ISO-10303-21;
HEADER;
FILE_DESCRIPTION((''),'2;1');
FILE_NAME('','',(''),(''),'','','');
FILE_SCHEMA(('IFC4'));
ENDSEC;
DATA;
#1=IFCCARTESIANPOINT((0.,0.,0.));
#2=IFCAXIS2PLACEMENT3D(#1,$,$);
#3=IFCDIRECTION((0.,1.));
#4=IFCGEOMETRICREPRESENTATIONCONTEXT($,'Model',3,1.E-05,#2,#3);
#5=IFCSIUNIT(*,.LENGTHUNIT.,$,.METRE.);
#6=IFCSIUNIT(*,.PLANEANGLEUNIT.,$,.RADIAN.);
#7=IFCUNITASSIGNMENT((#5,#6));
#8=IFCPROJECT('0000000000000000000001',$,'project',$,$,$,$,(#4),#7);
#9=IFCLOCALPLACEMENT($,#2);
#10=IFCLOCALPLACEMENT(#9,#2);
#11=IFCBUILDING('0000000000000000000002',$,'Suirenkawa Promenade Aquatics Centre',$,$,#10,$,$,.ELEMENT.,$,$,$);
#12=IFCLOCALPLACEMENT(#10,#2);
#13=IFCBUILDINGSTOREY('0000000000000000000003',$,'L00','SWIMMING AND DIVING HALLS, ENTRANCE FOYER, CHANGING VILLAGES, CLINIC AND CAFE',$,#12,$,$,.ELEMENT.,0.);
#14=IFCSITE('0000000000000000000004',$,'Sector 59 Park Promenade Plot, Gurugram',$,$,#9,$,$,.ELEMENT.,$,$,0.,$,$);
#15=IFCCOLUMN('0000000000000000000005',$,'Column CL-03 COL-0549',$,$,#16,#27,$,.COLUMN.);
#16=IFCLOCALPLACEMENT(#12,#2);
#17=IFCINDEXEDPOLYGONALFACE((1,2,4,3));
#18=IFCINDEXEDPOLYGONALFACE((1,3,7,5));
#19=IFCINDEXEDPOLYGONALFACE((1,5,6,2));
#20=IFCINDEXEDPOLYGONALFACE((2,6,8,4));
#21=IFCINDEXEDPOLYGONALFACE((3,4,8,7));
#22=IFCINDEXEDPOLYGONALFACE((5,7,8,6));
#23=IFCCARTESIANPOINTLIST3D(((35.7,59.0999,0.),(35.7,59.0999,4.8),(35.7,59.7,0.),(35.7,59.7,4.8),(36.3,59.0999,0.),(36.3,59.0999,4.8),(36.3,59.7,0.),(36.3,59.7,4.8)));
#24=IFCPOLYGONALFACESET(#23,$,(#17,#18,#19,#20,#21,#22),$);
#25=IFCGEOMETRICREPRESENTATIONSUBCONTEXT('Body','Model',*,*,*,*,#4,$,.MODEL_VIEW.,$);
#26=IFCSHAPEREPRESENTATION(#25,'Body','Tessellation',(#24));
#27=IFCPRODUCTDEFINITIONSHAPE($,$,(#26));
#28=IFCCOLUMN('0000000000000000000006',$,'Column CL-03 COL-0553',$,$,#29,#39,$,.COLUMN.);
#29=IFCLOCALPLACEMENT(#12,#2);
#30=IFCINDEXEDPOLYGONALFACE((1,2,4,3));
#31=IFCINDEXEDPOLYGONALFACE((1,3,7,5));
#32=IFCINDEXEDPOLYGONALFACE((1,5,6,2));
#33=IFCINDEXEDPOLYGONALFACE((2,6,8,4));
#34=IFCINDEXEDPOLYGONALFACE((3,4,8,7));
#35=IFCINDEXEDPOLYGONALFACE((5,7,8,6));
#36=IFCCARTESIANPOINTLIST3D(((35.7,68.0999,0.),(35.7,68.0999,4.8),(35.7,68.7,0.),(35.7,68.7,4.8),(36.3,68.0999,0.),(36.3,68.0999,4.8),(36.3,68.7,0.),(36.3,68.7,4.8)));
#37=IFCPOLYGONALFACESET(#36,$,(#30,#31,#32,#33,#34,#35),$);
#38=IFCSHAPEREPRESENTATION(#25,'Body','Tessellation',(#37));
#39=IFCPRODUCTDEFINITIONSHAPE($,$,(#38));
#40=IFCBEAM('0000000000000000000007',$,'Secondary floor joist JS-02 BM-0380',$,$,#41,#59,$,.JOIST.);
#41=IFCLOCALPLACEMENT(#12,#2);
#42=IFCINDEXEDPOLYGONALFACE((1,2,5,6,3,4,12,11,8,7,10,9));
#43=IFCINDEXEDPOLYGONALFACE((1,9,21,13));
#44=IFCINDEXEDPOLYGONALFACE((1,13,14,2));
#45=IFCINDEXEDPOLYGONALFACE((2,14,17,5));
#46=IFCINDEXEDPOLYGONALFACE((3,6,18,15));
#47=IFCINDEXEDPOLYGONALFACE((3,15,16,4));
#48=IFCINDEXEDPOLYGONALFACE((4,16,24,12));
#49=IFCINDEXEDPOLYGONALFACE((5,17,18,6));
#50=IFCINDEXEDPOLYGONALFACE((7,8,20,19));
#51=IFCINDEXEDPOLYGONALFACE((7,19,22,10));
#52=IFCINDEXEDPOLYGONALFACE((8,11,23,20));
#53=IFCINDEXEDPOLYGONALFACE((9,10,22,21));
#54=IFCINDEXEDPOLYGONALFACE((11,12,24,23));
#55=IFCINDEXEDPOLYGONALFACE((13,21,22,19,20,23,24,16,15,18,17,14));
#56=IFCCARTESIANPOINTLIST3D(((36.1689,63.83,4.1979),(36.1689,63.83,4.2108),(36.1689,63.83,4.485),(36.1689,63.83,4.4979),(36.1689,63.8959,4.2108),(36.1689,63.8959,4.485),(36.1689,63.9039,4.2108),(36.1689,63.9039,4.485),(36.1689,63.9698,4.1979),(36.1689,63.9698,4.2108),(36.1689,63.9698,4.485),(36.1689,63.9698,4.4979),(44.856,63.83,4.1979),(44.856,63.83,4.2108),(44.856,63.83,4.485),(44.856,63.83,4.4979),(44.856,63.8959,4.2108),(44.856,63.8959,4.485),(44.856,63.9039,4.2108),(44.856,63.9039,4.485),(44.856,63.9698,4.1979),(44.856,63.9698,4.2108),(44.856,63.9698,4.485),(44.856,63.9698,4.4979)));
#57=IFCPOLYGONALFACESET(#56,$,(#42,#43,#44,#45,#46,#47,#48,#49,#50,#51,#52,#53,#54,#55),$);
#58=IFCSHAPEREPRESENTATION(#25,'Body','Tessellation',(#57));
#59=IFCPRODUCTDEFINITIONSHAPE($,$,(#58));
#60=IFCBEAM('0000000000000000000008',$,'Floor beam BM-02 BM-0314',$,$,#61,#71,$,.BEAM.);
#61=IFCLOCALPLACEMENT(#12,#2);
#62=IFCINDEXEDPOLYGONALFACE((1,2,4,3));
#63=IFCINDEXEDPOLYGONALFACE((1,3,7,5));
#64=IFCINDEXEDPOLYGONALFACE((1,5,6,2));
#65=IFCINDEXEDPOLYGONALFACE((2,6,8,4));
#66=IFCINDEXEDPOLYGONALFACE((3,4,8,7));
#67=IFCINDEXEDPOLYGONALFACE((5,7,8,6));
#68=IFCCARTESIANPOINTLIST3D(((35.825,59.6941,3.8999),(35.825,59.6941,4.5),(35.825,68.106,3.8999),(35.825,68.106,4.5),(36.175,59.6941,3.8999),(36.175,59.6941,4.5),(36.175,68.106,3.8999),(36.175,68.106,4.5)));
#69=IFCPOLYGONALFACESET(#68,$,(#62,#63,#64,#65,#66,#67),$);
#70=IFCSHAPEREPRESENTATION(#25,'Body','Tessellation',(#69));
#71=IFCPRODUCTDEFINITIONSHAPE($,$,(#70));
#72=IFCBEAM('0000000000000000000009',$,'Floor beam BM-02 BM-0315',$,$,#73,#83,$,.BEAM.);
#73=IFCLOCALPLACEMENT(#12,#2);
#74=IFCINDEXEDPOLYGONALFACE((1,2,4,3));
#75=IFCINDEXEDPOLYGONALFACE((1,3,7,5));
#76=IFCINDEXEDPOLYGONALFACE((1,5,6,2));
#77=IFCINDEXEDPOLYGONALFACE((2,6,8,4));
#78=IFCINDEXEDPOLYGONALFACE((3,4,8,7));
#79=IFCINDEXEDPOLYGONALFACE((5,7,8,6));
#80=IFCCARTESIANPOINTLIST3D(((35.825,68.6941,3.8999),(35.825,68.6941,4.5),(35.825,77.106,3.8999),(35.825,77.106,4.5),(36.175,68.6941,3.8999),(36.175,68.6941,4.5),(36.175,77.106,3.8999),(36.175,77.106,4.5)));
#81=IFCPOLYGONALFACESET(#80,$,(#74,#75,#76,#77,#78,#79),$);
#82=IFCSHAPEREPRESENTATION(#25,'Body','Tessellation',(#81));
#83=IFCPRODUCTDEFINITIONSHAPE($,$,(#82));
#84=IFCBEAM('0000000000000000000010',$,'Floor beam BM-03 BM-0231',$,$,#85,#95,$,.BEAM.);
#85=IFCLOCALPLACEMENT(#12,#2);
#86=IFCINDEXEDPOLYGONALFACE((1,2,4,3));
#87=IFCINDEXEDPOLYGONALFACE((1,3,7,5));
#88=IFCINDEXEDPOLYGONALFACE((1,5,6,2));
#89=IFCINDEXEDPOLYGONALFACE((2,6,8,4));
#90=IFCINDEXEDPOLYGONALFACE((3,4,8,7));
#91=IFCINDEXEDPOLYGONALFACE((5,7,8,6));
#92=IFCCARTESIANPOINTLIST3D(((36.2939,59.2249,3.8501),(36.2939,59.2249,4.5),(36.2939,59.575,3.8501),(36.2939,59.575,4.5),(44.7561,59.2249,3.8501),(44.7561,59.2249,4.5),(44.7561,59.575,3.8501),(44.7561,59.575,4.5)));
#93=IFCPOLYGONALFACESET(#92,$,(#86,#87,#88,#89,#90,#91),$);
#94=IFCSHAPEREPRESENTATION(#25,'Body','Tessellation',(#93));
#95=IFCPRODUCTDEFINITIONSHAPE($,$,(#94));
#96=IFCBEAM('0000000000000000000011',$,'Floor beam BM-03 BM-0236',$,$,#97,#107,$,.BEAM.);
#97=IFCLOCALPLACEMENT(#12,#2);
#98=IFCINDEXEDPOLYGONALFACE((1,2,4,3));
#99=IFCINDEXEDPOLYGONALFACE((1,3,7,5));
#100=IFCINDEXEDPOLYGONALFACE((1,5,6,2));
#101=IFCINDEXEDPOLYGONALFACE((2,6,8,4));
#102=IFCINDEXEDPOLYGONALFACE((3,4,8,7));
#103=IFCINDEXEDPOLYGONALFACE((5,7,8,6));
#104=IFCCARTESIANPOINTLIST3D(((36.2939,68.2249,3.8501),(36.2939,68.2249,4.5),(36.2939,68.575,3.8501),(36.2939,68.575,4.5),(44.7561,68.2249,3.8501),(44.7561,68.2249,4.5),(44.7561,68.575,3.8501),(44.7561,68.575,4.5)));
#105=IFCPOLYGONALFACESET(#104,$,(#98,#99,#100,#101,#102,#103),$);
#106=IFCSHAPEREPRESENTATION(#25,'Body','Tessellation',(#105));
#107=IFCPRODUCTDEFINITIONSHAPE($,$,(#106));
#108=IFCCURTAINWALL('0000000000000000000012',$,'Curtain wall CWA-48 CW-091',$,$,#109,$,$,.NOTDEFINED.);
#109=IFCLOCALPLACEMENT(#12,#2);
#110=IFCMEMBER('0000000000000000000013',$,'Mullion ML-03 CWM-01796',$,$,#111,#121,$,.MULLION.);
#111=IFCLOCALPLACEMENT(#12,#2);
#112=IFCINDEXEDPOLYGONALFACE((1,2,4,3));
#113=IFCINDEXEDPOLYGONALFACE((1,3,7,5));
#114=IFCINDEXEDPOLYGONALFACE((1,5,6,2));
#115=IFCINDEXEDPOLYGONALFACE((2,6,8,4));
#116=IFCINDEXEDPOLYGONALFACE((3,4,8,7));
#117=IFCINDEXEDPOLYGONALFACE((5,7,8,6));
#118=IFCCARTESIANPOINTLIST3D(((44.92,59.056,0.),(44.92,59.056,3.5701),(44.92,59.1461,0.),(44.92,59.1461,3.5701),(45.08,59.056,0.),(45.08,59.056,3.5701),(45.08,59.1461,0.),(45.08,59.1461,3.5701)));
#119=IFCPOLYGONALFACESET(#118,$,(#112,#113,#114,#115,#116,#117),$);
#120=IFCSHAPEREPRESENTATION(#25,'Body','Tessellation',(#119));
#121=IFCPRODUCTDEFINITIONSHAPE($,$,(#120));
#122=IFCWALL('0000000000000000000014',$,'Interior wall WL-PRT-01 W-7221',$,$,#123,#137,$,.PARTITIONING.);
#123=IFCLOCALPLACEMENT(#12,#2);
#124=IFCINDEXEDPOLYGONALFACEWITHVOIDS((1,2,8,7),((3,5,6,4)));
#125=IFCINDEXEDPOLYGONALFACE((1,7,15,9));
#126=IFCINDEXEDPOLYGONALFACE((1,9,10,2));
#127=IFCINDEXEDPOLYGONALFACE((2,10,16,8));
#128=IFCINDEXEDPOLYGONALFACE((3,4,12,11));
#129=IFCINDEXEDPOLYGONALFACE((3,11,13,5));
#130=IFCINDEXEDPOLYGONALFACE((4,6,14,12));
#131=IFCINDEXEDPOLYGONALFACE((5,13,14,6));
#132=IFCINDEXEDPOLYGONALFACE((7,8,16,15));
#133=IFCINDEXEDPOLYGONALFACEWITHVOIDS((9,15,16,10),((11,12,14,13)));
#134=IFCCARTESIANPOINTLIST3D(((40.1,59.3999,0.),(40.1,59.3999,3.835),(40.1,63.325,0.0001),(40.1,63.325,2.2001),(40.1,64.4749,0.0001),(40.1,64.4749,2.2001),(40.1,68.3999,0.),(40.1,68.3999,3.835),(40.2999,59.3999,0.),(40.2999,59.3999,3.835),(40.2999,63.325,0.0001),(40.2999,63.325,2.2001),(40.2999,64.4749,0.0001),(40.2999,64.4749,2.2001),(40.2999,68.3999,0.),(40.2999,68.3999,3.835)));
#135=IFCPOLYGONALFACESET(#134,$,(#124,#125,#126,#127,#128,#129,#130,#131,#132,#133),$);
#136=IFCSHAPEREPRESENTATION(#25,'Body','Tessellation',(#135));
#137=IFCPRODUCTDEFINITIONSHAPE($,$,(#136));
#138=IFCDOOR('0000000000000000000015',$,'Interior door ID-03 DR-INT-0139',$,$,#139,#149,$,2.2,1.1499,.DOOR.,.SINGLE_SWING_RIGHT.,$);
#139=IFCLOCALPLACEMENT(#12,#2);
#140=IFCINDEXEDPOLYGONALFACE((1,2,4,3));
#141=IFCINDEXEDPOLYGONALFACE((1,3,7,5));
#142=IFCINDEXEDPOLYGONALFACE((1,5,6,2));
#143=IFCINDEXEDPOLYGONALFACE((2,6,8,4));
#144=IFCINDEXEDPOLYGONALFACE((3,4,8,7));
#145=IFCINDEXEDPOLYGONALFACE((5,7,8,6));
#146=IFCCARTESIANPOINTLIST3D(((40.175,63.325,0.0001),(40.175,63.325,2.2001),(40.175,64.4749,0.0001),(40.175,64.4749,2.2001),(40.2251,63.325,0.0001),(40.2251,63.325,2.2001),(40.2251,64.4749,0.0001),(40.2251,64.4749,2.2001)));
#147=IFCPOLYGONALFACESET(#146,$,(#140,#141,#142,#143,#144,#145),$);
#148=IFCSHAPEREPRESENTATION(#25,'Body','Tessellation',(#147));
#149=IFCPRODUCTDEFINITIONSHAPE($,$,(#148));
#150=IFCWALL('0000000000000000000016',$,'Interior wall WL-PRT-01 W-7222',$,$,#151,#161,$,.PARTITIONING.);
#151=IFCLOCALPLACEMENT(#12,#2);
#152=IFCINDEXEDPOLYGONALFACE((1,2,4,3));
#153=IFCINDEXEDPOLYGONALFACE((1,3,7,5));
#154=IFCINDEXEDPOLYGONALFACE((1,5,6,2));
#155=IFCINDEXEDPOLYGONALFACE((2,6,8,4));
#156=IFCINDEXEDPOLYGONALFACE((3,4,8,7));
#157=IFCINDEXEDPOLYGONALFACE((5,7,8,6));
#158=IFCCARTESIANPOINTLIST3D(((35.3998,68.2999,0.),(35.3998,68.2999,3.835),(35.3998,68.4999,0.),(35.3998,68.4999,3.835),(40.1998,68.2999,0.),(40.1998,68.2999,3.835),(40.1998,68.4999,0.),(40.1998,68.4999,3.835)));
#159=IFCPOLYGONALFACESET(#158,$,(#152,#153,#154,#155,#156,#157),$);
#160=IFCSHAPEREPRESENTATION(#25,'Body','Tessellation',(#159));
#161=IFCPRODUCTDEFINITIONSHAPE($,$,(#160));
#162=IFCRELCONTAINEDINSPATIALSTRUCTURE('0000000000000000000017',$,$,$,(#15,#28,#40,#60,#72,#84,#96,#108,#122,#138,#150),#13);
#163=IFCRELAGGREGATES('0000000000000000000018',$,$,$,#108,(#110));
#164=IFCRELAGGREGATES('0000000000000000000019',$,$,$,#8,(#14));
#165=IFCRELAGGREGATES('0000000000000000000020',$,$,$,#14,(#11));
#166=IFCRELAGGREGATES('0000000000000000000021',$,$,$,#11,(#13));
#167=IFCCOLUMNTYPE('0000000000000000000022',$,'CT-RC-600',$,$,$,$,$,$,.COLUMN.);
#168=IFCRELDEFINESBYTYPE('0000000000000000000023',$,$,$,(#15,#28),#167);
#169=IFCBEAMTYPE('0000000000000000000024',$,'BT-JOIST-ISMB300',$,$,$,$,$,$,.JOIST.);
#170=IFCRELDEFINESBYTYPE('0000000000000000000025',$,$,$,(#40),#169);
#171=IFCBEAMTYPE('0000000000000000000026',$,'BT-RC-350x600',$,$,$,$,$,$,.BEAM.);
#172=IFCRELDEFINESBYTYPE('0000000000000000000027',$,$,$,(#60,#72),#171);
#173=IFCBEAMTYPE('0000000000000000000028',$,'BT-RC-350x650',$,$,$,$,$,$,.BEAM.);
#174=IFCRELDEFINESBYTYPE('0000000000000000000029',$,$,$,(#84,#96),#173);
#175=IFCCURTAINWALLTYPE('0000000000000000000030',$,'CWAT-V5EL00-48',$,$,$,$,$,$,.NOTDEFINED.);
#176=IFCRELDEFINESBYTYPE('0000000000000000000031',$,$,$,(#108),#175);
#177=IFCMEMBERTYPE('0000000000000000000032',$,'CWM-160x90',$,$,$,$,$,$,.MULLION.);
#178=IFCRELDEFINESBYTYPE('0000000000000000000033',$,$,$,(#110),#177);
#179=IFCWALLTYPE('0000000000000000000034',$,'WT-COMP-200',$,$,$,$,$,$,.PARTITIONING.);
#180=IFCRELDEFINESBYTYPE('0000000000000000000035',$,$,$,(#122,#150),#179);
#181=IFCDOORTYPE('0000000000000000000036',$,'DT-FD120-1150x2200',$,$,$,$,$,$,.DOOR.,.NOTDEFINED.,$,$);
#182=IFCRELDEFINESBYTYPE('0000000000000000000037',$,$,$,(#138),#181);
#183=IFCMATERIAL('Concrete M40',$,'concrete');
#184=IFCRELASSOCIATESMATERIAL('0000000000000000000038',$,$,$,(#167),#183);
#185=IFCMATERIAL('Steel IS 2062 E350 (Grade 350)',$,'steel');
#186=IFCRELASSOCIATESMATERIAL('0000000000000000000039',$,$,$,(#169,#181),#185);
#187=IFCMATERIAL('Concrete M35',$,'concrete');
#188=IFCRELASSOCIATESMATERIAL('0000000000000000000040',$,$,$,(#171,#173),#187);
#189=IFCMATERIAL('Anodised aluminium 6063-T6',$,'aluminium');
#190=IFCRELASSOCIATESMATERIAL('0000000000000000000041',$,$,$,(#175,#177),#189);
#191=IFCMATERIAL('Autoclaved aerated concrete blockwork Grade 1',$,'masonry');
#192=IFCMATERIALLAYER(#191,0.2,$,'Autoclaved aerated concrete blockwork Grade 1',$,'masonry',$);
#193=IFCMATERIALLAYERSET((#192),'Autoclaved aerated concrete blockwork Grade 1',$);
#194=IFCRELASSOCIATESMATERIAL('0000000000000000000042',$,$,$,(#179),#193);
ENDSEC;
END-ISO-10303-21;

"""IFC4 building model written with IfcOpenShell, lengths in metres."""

from ifc_helpers import new_model, si_unit, direction, frame, frame_2d, origin, origin_2d, place, context, subcontext, project, spatial, rectangle, i_section, extrude, material, layer, layer_set, material_profile, profile_set, type_object, element, fill, aggregate, save


model = new_model("IFC4")

# Units and contexts
model_context = context("Model", 3, precision=1e-05, world=origin(), true_north=direction((0.0, 1.0)))
body_context = subcontext(model_context, "Body", "Model", "MODEL_VIEW")
ifc_project = project(units=[si_unit("LENGTHUNIT", "METRE"), si_unit("PLANEANGLEUNIT", "RADIAN")], contexts=[model_context])

# Site, building, storey
site_placement = place(None, origin())
site = spatial("IfcSite", under=ifc_project, at=site_placement, Name="Sector 59 Park Promenade Plot, Gurugram", CompositionType="ELEMENT", RefElevation=0.0)
building_placement = place(site_placement, origin())
building = spatial("IfcBuilding", under=site, at=building_placement, Name="Suirenkawa Promenade Aquatics Centre", CompositionType="ELEMENT")
storey_placement = place(building_placement, origin())
storey = spatial("IfcBuildingStorey", under=building, at=storey_placement, Name="L00", Description="SWIMMING AND DIVING HALLS, ENTRANCE FOYER, CHANGING VILLAGES, CLINIC AND CAFE", CompositionType="ELEMENT", Elevation=0.0)

# Columns
ifc_material_1 = material(Name="Concrete M40", Category="concrete")
ifc_material_profile_1 = material_profile(ifc_material_1, rectangle(XDim=0.6001, YDim=0.6001, at=origin_2d()), Name="RC COL 600x600", Category="concrete")
ifc_profile_set_1 = profile_set([ifc_material_profile_1], Name="Concrete M40")
column_type = type_object("IfcColumnType", Name="CT-RC-600", PredefinedType="COLUMN", material=ifc_profile_set_1)
for number, where, z_axis, x_axis, name in (
    (1, (36.0, 59.3999, 0.0), (0.0, 0.0, 1.0), (1.0, 0.0, 0.0), "Column CL-03 COL-0549"),
    (2, (36.0, 68.3999, 0.0), (0.0, 0.0, 1.0), (1.0, 0.0, 0.0), "Column CL-03 COL-0553"),
):
    element("IfcColumn", number, at=place(storey_placement, frame(where, z_axis=z_axis, x_axis=x_axis)), inside=storey, type_object=column_type, Name=name, PredefinedType="COLUMN", context=body_context, shape_type="SweptSolid", body=[
        extrude(rectangle(XDim=0.6001, YDim=0.6001, at=origin_2d()), origin(), (0.0, 0.0, 1.0), 4.8),
    ])

# Beams
ifc_material_2 = material(Name="Steel IS 2062 E350 (Grade 350)", Category="steel")
ifc_material_profile_2 = material_profile(ifc_material_2, i_section(OverallWidth=0.1399, OverallDepth=0.3, WebThickness=0.0081, FlangeThickness=0.0129, at=origin_2d()), Name="ISMB 300", Category="steel")
ifc_profile_set_2 = profile_set([ifc_material_profile_2], Name="Steel IS 2062 E350 (Grade 350)")
beam_type_1 = type_object("IfcBeamType", Name="BT-JOIST-ISMB300", PredefinedType="JOIST", material=ifc_profile_set_2)
beam_placement = place(storey_placement, frame((36.1689, 63.8999, 4.3479), z_axis=(1.0, 0.0, 0.0), x_axis=(0.0, 1.0, 0.0)))
element("IfcBeam", 3, at=beam_placement, inside=storey, type_object=beam_type_1, Name="Secondary floor joist JS-02 BM-0380", PredefinedType="JOIST", context=body_context, shape_type="SweptSolid", body=[
    extrude(i_section(OverallWidth=0.1399, OverallDepth=0.3, WebThickness=0.0081, FlangeThickness=0.0129, at=origin_2d()), origin(), (0.0, 0.0, 1.0), 8.687),
])
ifc_material_3 = material(Name="Concrete M35", Category="concrete")
ifc_material_profile_3 = material_profile(ifc_material_3, rectangle(XDim=0.3501, YDim=0.6001, at=origin_2d()), Name="RC BM 350x600", Category="concrete")
ifc_profile_set_3 = profile_set([ifc_material_profile_3], Name="Concrete M35")
beam_type_2 = type_object("IfcBeamType", Name="BT-RC-350x600", PredefinedType="BEAM", material=ifc_profile_set_3)
for number, where, z_axis, x_axis, name in (
    (4, (36.0, 59.6941, 4.2), (0.0, 1.0, 0.0), (-1.0, 0.0, 0.0), "Floor beam BM-02 BM-0314"),
    (5, (36.0, 68.6941, 4.2), (0.0, 1.0, 0.0), (-1.0, 0.0, 0.0), "Floor beam BM-02 BM-0315"),
):
    element("IfcBeam", number, at=place(storey_placement, frame(where, z_axis=z_axis, x_axis=x_axis)), inside=storey, type_object=beam_type_2, Name=name, PredefinedType="BEAM", context=body_context, shape_type="SweptSolid", body=[
        extrude(rectangle(XDim=0.3501, YDim=0.6001, at=origin_2d()), origin(), (0.0, 0.0, 1.0), 8.4119),
    ])
ifc_material_profile_4 = material_profile(ifc_material_3, rectangle(XDim=0.3501, YDim=0.6499, at=origin_2d()), Name="RC BM 350x650", Category="concrete")
ifc_profile_set_4 = profile_set([ifc_material_profile_4], Name="Concrete M35")
beam_type_3 = type_object("IfcBeamType", Name="BT-RC-350x650", PredefinedType="BEAM", material=ifc_profile_set_4)
for number, where, z_axis, x_axis, name in (
    (6, (36.2939, 59.3999, 4.175), (1.0, 0.0, 0.0), (0.0, 1.0, 0.0), "Floor beam BM-03 BM-0231"),
    (7, (36.2939, 68.3999, 4.175), (1.0, 0.0, 0.0), (0.0, 1.0, 0.0), "Floor beam BM-03 BM-0236"),
):
    element("IfcBeam", number, at=place(storey_placement, frame(where, z_axis=z_axis, x_axis=x_axis)), inside=storey, type_object=beam_type_3, Name=name, PredefinedType="BEAM", context=body_context, shape_type="SweptSolid", body=[
        extrude(rectangle(XDim=0.3501, YDim=0.6499, at=origin_2d()), origin(), (0.0, 0.0, 1.0), 8.4622),
    ])

# Curtain wall, member
ifc_material_4 = material(Name="Anodised aluminium 6063-T6", Category="aluminium")
curtain_wall_type = type_object("IfcCurtainWallType", Name="CWAT-V5EL00-48", PredefinedType="NOTDEFINED", material=ifc_material_4)
curtain_wall_placement = place(storey_placement, origin())
curtain_wall = element("IfcCurtainWall", 8, at=curtain_wall_placement, inside=storey, type_object=curtain_wall_type, Name="Curtain wall CWA-48 CW-091", PredefinedType="NOTDEFINED")
ifc_material_profile_5 = material_profile(ifc_material_4, rectangle(XDim=0.0901, YDim=0.1599, at=origin_2d()), Name="ALU MULL 90x160", Category="aluminium")
ifc_profile_set_5 = profile_set([ifc_material_profile_5], Name="Anodised aluminium 6063-T6")
member_type = type_object("IfcMemberType", Name="CWM-160x90", PredefinedType="MULLION", material=ifc_profile_set_5)
member_placement = place(storey_placement, frame((45.0, 59.1011, 0.0), z_axis=(0.0, 0.0, 1.0), x_axis=(0.0, -1.0, 0.0)))
member = element("IfcMember", 9, at=member_placement, type_object=member_type, Name="Mullion ML-03 CWM-01796", PredefinedType="MULLION", context=body_context, shape_type="SweptSolid", body=[
    extrude(rectangle(XDim=0.0901, YDim=0.1599, at=origin_2d()), origin(), (0.0, 0.0, 1.0), 3.5701),
])
aggregate(curtain_wall, [member])

# Wall, opening, door
ifc_material_5 = material(Name="Autoclaved aerated concrete blockwork Grade 1", Category="masonry")
ifc_layer_1 = layer(ifc_material_5, 0.2, Name="Autoclaved aerated concrete blockwork Grade 1", Category="masonry")
ifc_layer_set_1 = layer_set([ifc_layer_1], Name="Autoclaved aerated concrete blockwork Grade 1")
wall_type_1 = type_object("IfcWallType", Name="WT-COMP-200", PredefinedType="PARTITIONING", material=ifc_layer_set_1)
wall_1_placement = place(storey_placement, frame((40.2, 59.3999, 0.0), z_axis=(0.0, 0.0, 1.0), x_axis=(0.0, 1.0, 0.0)))
wall_1 = element("IfcWall", 10, at=wall_1_placement, inside=storey, type_object=wall_type_1, Name="Interior wall WL-PRT-01 W-7221", PredefinedType="PARTITIONING", context=body_context, shape_type="SweptSolid", body=[
    extrude(rectangle(XDim=9.0, YDim=0.2, at=frame_2d((4.5, 0.0))), origin(), (0.0, 0.0, 1.0), 3.835),
])
opening_1_placement = place(wall_1_placement, frame((3.925, 0.0, 0.0)))
opening_1 = element("IfcOpeningElement", 11, at=opening_1_placement, cuts=wall_1, PredefinedType="OPENING", context=body_context, shape_type="SweptSolid", body=[
    extrude(rectangle(XDim=1.1499, YDim=2.2, at=frame_2d((0.575, 1.1001))), frame((0.0, 0.1099, 0.0), z_axis=(0.0, -1.0, 0.0), x_axis=(1.0, 0.0, 0.0)), (0.0, 0.0, 1.0), 0.22),
])
door_type_1 = type_object("IfcDoorType", Name="DT-FD120-1150x2200", OperationType="NOTDEFINED", PredefinedType="DOOR", material=ifc_material_2)
door_1_placement = place(opening_1_placement, origin())
door_1 = element("IfcDoor", 12, at=door_1_placement, inside=storey, type_object=door_type_1, Name="Interior door ID-03 DR-INT-0139", OperationType="SINGLE_SWING_RIGHT", OverallHeight=2.2, OverallWidth=1.1499, PredefinedType="DOOR", context=body_context, shape_type="SweptSolid", body=[
    extrude(rectangle(XDim=1.1499, YDim=2.2, at=frame_2d((0.575, 1.1001))), frame((0.0, 0.0249, 0.0), z_axis=(0.0, -1.0, 0.0), x_axis=(1.0, 0.0, 0.0)), (0.0, 0.0, 1.0), 0.05),
])
fill(opening_1, door_1)

# Wall
wall_2_placement = place(storey_placement, frame((35.3999, 68.3999, 0.0), z_axis=(0.0, 0.0, 1.0), x_axis=(1.0, 0.0, 0.0)))
element("IfcWall", 13, at=wall_2_placement, inside=storey, type_object=wall_type_1, Name="Interior wall WL-PRT-01 W-7222", PredefinedType="PARTITIONING", context=body_context, shape_type="SweptSolid", body=[
    extrude(rectangle(XDim=4.8, YDim=0.2, at=frame_2d((2.3999, 0.0))), origin(), (0.0, 0.0, 1.0), 3.835),
])

save(model, "model.ifc")
